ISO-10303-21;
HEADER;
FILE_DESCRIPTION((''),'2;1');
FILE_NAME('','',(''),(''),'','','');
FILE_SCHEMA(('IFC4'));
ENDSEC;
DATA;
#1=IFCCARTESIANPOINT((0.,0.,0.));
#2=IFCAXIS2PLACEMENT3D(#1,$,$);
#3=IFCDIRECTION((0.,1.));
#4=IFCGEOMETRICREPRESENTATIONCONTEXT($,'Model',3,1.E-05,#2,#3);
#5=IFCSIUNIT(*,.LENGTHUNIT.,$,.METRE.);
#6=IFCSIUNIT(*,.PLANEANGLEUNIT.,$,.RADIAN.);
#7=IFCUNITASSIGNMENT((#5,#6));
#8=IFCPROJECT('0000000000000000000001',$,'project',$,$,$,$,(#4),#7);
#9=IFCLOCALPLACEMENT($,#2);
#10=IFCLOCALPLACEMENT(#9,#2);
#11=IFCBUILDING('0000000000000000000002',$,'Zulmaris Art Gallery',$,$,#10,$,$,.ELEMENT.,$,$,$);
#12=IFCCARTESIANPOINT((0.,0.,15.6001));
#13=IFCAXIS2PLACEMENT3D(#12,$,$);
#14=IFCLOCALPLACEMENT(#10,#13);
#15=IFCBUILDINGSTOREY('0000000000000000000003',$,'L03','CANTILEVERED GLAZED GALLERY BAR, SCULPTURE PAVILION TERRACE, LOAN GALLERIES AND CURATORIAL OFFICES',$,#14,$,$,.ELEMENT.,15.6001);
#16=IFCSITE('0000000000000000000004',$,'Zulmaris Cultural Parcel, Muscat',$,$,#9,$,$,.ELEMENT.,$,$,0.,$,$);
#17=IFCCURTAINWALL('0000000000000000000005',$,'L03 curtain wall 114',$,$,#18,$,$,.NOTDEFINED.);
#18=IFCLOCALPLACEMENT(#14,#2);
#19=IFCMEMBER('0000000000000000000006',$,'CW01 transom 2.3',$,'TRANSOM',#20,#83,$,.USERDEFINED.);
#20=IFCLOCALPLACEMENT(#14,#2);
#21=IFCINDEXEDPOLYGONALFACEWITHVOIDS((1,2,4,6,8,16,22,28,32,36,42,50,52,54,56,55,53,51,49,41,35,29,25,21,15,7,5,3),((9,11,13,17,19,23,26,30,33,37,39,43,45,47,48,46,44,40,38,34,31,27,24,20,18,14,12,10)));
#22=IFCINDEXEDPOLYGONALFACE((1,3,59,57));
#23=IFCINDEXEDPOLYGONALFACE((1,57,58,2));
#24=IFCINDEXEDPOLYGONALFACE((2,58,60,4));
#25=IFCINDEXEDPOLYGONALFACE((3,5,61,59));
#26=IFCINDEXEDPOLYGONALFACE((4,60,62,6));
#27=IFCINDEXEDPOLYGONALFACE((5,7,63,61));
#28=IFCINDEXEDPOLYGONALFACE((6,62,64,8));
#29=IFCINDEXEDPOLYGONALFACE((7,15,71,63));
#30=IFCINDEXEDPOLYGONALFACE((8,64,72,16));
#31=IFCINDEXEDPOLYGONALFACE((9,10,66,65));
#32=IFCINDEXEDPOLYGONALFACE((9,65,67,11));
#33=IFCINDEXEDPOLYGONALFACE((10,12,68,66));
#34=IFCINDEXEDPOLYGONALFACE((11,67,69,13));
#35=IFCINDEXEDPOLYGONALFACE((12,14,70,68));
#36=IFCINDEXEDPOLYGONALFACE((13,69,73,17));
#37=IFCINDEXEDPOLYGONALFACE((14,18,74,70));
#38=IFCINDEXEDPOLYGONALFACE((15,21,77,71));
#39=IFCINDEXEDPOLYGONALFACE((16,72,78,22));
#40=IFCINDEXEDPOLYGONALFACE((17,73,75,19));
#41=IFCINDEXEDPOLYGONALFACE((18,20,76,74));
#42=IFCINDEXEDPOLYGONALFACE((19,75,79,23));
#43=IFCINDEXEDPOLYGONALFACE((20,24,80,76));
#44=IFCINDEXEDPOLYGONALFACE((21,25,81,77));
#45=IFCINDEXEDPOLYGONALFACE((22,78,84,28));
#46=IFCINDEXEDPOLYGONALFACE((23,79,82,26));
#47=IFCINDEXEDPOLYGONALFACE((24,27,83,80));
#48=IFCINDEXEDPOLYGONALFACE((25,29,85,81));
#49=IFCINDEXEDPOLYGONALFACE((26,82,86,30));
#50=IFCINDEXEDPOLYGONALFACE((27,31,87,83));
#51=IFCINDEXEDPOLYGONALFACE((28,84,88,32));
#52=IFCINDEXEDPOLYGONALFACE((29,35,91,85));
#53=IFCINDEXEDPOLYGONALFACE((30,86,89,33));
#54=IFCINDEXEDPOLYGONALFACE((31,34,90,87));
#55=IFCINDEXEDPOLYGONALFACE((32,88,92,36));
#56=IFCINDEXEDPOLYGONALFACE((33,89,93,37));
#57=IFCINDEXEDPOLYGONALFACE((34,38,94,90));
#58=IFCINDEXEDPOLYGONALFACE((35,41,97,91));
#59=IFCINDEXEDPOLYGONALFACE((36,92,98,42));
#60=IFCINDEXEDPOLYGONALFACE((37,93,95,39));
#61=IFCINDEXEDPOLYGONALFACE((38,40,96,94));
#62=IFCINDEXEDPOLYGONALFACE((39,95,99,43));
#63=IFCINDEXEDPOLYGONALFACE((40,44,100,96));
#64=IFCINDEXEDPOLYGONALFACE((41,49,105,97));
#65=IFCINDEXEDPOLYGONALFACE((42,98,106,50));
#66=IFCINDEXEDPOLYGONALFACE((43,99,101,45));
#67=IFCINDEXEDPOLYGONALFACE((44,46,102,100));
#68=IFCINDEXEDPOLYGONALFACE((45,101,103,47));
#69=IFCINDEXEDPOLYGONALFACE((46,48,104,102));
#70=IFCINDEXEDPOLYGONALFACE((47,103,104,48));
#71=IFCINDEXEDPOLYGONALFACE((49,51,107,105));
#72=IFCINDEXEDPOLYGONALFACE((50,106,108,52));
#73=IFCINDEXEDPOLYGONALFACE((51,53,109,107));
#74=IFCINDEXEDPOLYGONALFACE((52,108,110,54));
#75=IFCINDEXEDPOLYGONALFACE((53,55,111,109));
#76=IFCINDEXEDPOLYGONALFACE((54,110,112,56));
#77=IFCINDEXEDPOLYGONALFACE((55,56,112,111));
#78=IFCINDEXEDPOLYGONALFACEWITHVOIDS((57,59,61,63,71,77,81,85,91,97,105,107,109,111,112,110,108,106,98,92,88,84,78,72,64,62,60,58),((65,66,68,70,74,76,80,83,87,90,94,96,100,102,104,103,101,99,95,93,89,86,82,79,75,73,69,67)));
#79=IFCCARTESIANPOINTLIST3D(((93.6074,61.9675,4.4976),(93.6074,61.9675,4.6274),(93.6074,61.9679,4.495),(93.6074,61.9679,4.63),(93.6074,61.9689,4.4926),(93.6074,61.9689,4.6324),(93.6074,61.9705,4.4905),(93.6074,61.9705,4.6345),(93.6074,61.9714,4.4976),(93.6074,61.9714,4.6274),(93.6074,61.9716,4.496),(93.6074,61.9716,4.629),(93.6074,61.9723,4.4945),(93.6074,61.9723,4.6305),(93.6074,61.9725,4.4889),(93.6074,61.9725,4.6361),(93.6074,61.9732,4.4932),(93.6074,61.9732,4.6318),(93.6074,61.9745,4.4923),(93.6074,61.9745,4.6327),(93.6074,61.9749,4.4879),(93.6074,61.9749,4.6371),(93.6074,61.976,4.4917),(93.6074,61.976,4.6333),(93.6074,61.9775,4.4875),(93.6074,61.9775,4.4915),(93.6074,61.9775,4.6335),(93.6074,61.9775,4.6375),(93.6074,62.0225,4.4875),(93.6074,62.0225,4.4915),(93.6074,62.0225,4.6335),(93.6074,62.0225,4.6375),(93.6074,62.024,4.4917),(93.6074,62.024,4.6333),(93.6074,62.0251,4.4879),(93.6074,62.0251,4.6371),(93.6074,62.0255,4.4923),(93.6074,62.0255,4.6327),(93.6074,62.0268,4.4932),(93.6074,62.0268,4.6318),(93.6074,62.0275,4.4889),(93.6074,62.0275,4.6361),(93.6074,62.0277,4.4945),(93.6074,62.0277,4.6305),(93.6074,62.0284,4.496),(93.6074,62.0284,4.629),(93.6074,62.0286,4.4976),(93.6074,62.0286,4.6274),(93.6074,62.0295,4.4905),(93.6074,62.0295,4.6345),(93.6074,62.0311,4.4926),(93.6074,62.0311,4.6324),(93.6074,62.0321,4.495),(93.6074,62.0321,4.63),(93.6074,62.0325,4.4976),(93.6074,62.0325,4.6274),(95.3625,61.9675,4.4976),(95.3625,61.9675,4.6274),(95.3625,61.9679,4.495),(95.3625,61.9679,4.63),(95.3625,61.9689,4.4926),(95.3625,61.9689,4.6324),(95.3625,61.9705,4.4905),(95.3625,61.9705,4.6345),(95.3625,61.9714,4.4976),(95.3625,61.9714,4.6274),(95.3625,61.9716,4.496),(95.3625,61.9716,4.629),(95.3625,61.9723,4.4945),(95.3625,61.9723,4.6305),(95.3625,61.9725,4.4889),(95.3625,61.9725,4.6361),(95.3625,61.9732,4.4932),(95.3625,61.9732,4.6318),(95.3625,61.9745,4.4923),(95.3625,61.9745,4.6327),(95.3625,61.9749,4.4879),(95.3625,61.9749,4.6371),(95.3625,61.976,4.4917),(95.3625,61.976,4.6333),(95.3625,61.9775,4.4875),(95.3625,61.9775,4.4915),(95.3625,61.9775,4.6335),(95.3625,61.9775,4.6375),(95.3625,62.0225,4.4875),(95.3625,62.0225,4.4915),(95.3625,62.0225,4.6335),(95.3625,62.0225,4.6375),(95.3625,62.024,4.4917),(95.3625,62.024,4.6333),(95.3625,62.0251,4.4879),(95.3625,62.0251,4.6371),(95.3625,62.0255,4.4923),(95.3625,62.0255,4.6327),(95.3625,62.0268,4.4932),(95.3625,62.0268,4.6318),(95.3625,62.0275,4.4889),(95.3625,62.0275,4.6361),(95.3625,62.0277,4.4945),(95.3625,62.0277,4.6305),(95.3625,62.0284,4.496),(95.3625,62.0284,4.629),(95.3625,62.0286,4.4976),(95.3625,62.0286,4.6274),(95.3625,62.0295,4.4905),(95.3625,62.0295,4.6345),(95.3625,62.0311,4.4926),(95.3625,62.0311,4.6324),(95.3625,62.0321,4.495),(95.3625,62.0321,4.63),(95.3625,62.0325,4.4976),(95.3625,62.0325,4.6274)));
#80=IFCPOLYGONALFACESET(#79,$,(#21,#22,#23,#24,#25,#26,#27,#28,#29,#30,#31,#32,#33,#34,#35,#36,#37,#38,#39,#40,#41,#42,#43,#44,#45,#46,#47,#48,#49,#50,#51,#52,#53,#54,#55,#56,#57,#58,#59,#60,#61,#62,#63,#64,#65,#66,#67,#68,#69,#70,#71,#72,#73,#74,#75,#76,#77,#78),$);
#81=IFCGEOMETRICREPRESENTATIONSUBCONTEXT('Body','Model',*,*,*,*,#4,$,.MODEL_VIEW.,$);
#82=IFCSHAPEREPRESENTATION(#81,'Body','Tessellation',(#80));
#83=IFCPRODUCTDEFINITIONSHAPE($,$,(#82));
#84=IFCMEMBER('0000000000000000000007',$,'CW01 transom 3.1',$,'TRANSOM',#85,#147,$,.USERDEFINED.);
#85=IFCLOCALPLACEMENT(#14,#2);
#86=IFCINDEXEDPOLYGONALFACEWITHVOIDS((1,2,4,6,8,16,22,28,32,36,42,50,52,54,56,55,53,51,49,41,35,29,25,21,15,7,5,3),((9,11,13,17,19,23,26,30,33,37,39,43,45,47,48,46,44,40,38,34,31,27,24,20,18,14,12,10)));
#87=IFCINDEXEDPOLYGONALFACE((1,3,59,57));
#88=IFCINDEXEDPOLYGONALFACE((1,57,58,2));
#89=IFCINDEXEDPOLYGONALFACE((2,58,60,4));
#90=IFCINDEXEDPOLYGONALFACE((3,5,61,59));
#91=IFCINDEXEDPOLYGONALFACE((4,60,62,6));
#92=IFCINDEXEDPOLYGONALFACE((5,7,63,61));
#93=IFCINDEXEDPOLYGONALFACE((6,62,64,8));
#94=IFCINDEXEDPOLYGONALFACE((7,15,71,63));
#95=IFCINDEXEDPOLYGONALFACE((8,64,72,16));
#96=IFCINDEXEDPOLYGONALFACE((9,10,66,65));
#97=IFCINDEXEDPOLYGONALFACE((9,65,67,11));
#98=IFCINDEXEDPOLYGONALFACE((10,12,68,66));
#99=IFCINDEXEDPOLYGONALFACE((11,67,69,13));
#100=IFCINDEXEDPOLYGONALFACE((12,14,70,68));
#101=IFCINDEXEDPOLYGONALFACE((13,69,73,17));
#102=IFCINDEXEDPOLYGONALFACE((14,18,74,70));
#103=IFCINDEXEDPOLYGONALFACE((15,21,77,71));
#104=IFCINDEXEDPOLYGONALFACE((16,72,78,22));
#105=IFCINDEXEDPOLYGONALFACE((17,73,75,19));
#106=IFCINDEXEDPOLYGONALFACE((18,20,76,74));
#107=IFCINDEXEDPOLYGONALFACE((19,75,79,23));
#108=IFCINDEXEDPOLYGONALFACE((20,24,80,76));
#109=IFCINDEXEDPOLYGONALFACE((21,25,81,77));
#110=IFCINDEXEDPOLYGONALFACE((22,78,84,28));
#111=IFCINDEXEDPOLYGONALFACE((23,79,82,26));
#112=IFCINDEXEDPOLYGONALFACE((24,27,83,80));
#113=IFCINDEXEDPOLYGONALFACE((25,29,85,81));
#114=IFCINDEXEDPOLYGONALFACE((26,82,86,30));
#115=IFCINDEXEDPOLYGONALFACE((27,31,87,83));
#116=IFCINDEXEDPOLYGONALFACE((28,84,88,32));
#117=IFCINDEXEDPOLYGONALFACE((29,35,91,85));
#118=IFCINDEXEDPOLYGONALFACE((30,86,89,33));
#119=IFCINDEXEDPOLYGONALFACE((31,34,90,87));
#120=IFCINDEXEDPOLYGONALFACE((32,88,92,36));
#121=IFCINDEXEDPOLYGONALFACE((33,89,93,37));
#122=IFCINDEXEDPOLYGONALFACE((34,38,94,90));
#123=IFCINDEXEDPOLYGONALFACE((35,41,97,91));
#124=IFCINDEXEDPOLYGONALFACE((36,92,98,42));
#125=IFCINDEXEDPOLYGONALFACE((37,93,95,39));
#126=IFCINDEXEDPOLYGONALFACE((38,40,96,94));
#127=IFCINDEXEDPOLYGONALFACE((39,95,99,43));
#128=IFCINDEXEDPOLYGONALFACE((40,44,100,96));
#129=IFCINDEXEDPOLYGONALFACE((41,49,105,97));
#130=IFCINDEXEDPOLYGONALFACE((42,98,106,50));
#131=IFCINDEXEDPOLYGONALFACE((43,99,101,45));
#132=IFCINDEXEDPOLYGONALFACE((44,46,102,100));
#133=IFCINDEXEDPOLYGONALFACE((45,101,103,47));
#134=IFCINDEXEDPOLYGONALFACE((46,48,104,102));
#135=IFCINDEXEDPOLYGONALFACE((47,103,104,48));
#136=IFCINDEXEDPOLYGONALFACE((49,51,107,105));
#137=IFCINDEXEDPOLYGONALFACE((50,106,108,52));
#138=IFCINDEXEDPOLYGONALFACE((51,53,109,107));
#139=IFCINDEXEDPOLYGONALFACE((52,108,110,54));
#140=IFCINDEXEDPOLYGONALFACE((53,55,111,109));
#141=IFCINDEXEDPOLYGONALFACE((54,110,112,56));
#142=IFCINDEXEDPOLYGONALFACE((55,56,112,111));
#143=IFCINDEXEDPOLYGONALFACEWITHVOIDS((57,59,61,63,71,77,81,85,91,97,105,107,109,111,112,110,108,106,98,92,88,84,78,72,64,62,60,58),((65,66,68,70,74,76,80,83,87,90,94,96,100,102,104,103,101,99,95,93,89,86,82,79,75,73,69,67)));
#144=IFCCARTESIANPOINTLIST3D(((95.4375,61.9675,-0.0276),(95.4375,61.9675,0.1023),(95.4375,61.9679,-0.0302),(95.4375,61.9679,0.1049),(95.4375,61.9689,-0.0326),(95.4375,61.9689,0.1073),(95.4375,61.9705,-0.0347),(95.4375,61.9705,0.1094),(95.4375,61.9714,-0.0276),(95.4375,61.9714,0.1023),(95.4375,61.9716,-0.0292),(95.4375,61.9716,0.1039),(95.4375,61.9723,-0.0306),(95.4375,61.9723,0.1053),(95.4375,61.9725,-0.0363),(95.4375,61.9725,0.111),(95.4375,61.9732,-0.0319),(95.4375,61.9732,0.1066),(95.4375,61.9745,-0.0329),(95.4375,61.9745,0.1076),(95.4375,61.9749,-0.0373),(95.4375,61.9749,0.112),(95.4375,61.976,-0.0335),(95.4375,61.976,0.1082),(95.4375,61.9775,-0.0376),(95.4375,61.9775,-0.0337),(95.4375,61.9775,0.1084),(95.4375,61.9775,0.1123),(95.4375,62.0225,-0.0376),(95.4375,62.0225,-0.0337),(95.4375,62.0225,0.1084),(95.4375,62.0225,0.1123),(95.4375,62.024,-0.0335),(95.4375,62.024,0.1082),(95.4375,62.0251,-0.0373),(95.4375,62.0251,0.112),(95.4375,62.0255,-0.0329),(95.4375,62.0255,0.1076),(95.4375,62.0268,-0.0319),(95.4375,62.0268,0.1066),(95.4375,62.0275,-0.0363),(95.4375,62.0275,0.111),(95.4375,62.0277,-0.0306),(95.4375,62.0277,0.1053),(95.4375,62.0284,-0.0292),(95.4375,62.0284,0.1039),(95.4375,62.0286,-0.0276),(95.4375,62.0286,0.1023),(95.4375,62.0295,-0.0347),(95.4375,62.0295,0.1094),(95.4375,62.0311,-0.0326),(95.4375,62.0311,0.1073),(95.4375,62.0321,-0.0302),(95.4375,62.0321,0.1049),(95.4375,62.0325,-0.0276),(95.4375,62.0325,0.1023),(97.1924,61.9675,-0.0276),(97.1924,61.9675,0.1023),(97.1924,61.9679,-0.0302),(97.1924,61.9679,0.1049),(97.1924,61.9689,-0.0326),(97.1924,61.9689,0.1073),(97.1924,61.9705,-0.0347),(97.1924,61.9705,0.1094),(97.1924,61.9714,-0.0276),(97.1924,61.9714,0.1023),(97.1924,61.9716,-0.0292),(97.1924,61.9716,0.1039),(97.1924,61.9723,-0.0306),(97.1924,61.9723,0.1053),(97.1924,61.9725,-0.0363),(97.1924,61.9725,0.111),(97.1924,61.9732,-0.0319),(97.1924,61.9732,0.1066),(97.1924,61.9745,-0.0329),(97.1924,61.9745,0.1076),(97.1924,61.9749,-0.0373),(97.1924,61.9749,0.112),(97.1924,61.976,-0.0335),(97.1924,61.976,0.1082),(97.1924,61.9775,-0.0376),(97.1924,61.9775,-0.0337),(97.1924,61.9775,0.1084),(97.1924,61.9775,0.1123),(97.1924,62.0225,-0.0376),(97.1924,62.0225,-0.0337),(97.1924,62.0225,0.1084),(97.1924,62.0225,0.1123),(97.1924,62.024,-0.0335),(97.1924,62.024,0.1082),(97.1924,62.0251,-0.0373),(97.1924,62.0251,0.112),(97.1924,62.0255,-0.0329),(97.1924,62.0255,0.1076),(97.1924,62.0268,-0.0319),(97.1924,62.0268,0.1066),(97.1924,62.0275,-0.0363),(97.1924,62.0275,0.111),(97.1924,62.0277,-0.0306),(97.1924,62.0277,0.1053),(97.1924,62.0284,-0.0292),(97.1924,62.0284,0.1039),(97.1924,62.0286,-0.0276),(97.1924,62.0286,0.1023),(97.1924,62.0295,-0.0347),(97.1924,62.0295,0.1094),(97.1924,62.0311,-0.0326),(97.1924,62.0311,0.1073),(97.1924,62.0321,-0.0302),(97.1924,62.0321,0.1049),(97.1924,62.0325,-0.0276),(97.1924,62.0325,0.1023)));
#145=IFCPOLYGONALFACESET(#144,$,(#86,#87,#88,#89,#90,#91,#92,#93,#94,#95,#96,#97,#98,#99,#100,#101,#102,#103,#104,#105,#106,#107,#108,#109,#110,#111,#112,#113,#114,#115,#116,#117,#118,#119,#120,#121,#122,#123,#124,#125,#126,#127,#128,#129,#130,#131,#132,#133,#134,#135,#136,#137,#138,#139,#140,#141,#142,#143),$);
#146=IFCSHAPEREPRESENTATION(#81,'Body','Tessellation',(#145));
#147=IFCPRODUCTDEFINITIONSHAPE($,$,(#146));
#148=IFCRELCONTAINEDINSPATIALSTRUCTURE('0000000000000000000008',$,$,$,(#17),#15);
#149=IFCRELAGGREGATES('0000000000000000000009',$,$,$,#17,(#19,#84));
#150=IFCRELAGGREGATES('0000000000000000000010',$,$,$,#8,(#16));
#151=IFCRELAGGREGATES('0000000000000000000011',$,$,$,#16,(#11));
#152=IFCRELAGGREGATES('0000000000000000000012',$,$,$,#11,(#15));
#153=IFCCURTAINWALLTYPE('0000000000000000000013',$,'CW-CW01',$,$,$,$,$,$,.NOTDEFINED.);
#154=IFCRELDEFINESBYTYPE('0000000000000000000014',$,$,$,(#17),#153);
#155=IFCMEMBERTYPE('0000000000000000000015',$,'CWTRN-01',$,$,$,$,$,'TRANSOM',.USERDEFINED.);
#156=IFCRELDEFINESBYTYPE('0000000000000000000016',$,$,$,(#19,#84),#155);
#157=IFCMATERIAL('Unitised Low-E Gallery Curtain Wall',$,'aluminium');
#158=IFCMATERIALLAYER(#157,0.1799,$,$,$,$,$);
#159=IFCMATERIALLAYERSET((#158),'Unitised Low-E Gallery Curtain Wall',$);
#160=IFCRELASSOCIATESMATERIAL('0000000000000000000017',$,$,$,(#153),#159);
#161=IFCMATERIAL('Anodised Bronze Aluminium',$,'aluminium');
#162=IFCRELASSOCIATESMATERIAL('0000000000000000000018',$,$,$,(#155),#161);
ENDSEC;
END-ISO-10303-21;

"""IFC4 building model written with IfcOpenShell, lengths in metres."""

from ifc_helpers import new_model, si_unit, direction, frame, origin, origin_2d, place, context, subcontext, project, spatial, hollow_rectangle, extrude, material, layer, layer_set, material_profile, profile_set, type_object, element, aggregate, save


model = new_model("IFC4")

# Units and contexts
model_context = context("Model", 3, precision=1e-05, world=origin(), true_north=direction((0.0, 1.0)))
body_context = subcontext(model_context, "Body", "Model", "MODEL_VIEW")
ifc_project = project(units=[si_unit("LENGTHUNIT", "METRE"), si_unit("PLANEANGLEUNIT", "RADIAN")], contexts=[model_context])

# Site, building, storey
site_placement = place(None, origin())
site = spatial("IfcSite", under=ifc_project, at=site_placement, Name="Zulmaris Cultural Parcel, Muscat", CompositionType="ELEMENT", RefElevation=0.0)
building_placement = place(site_placement, origin())
building = spatial("IfcBuilding", under=site, at=building_placement, Name="Zulmaris Art Gallery", CompositionType="ELEMENT")
storey_placement = place(building_placement, frame((0.0, 0.0, 15.6001)))
storey = spatial("IfcBuildingStorey", under=building, at=storey_placement, Name="L03", Description="CANTILEVERED GLAZED GALLERY BAR, SCULPTURE PAVILION TERRACE, LOAN GALLERIES AND CURATORIAL OFFICES", CompositionType="ELEMENT", Elevation=15.6001)

# Curtain wall, members
ifc_material_1 = material(Name="Unitised Low-E Gallery Curtain Wall", Category="aluminium")
ifc_layer_1 = layer(ifc_material_1, 0.1799)
ifc_layer_set_1 = layer_set([ifc_layer_1], Name="Unitised Low-E Gallery Curtain Wall")
curtain_wall_type = type_object("IfcCurtainWallType", Name="CW-CW01", PredefinedType="NOTDEFINED", material=ifc_layer_set_1)
curtain_wall_placement = place(storey_placement, origin())
curtain_wall = element("IfcCurtainWall", 1, at=curtain_wall_placement, inside=storey, type_object=curtain_wall_type, Name="L03 curtain wall 114", PredefinedType="NOTDEFINED")
ifc_material_2 = material(Name="Anodised Bronze Aluminium", Category="aluminium")
ifc_material_profile_1 = material_profile(ifc_material_2, hollow_rectangle(XDim=0.0649, YDim=0.1499, WallThickness=0.0039, InnerFilletRadius=0.0061, OuterFilletRadius=0.01, at=origin_2d()), Name="ALU 65x150x4")
ifc_profile_set_1 = profile_set([ifc_material_profile_1], Name="Anodised Bronze Aluminium")
member_type_1 = type_object("IfcMemberType", Name="CWTRN-01", ElementType="TRANSOM", PredefinedType="USERDEFINED", material=ifc_profile_set_1)
member_1_placement = place(storey_placement, frame((93.6074, 62.0, 4.5625), z_axis=(1.0, 0.0, 0.0), x_axis=(0.0, 1.0, 0.0)))
member_1 = element("IfcMember", 2, at=member_1_placement, type_object=member_type_1, Name="CW01 transom 2.3", ObjectType="TRANSOM", PredefinedType="USERDEFINED", context=body_context, shape_type="SweptSolid", body=[
    extrude(hollow_rectangle(XDim=0.0649, YDim=0.1499, WallThickness=0.0039, InnerFilletRadius=0.0061, OuterFilletRadius=0.01, at=origin_2d()), origin(), (0.0, 0.0, 1.0), 1.7551),
])
member_2_placement = place(storey_placement, frame((95.4375, 62.0, 0.0374), z_axis=(1.0, 0.0, 0.0), x_axis=(0.0, 1.0, 0.0)))
member_2 = element("IfcMember", 3, at=member_2_placement, type_object=member_type_1, Name="CW01 transom 3.1", ObjectType="TRANSOM", PredefinedType="USERDEFINED", context=body_context, shape_type="SweptSolid", body=[
    extrude(hollow_rectangle(XDim=0.0649, YDim=0.1499, WallThickness=0.0039, InnerFilletRadius=0.0061, OuterFilletRadius=0.01, at=origin_2d()), origin(), (0.0, 0.0, 1.0), 1.7549),
])
aggregate(curtain_wall, [member_1, member_2])

save(model, "model.ifc")
